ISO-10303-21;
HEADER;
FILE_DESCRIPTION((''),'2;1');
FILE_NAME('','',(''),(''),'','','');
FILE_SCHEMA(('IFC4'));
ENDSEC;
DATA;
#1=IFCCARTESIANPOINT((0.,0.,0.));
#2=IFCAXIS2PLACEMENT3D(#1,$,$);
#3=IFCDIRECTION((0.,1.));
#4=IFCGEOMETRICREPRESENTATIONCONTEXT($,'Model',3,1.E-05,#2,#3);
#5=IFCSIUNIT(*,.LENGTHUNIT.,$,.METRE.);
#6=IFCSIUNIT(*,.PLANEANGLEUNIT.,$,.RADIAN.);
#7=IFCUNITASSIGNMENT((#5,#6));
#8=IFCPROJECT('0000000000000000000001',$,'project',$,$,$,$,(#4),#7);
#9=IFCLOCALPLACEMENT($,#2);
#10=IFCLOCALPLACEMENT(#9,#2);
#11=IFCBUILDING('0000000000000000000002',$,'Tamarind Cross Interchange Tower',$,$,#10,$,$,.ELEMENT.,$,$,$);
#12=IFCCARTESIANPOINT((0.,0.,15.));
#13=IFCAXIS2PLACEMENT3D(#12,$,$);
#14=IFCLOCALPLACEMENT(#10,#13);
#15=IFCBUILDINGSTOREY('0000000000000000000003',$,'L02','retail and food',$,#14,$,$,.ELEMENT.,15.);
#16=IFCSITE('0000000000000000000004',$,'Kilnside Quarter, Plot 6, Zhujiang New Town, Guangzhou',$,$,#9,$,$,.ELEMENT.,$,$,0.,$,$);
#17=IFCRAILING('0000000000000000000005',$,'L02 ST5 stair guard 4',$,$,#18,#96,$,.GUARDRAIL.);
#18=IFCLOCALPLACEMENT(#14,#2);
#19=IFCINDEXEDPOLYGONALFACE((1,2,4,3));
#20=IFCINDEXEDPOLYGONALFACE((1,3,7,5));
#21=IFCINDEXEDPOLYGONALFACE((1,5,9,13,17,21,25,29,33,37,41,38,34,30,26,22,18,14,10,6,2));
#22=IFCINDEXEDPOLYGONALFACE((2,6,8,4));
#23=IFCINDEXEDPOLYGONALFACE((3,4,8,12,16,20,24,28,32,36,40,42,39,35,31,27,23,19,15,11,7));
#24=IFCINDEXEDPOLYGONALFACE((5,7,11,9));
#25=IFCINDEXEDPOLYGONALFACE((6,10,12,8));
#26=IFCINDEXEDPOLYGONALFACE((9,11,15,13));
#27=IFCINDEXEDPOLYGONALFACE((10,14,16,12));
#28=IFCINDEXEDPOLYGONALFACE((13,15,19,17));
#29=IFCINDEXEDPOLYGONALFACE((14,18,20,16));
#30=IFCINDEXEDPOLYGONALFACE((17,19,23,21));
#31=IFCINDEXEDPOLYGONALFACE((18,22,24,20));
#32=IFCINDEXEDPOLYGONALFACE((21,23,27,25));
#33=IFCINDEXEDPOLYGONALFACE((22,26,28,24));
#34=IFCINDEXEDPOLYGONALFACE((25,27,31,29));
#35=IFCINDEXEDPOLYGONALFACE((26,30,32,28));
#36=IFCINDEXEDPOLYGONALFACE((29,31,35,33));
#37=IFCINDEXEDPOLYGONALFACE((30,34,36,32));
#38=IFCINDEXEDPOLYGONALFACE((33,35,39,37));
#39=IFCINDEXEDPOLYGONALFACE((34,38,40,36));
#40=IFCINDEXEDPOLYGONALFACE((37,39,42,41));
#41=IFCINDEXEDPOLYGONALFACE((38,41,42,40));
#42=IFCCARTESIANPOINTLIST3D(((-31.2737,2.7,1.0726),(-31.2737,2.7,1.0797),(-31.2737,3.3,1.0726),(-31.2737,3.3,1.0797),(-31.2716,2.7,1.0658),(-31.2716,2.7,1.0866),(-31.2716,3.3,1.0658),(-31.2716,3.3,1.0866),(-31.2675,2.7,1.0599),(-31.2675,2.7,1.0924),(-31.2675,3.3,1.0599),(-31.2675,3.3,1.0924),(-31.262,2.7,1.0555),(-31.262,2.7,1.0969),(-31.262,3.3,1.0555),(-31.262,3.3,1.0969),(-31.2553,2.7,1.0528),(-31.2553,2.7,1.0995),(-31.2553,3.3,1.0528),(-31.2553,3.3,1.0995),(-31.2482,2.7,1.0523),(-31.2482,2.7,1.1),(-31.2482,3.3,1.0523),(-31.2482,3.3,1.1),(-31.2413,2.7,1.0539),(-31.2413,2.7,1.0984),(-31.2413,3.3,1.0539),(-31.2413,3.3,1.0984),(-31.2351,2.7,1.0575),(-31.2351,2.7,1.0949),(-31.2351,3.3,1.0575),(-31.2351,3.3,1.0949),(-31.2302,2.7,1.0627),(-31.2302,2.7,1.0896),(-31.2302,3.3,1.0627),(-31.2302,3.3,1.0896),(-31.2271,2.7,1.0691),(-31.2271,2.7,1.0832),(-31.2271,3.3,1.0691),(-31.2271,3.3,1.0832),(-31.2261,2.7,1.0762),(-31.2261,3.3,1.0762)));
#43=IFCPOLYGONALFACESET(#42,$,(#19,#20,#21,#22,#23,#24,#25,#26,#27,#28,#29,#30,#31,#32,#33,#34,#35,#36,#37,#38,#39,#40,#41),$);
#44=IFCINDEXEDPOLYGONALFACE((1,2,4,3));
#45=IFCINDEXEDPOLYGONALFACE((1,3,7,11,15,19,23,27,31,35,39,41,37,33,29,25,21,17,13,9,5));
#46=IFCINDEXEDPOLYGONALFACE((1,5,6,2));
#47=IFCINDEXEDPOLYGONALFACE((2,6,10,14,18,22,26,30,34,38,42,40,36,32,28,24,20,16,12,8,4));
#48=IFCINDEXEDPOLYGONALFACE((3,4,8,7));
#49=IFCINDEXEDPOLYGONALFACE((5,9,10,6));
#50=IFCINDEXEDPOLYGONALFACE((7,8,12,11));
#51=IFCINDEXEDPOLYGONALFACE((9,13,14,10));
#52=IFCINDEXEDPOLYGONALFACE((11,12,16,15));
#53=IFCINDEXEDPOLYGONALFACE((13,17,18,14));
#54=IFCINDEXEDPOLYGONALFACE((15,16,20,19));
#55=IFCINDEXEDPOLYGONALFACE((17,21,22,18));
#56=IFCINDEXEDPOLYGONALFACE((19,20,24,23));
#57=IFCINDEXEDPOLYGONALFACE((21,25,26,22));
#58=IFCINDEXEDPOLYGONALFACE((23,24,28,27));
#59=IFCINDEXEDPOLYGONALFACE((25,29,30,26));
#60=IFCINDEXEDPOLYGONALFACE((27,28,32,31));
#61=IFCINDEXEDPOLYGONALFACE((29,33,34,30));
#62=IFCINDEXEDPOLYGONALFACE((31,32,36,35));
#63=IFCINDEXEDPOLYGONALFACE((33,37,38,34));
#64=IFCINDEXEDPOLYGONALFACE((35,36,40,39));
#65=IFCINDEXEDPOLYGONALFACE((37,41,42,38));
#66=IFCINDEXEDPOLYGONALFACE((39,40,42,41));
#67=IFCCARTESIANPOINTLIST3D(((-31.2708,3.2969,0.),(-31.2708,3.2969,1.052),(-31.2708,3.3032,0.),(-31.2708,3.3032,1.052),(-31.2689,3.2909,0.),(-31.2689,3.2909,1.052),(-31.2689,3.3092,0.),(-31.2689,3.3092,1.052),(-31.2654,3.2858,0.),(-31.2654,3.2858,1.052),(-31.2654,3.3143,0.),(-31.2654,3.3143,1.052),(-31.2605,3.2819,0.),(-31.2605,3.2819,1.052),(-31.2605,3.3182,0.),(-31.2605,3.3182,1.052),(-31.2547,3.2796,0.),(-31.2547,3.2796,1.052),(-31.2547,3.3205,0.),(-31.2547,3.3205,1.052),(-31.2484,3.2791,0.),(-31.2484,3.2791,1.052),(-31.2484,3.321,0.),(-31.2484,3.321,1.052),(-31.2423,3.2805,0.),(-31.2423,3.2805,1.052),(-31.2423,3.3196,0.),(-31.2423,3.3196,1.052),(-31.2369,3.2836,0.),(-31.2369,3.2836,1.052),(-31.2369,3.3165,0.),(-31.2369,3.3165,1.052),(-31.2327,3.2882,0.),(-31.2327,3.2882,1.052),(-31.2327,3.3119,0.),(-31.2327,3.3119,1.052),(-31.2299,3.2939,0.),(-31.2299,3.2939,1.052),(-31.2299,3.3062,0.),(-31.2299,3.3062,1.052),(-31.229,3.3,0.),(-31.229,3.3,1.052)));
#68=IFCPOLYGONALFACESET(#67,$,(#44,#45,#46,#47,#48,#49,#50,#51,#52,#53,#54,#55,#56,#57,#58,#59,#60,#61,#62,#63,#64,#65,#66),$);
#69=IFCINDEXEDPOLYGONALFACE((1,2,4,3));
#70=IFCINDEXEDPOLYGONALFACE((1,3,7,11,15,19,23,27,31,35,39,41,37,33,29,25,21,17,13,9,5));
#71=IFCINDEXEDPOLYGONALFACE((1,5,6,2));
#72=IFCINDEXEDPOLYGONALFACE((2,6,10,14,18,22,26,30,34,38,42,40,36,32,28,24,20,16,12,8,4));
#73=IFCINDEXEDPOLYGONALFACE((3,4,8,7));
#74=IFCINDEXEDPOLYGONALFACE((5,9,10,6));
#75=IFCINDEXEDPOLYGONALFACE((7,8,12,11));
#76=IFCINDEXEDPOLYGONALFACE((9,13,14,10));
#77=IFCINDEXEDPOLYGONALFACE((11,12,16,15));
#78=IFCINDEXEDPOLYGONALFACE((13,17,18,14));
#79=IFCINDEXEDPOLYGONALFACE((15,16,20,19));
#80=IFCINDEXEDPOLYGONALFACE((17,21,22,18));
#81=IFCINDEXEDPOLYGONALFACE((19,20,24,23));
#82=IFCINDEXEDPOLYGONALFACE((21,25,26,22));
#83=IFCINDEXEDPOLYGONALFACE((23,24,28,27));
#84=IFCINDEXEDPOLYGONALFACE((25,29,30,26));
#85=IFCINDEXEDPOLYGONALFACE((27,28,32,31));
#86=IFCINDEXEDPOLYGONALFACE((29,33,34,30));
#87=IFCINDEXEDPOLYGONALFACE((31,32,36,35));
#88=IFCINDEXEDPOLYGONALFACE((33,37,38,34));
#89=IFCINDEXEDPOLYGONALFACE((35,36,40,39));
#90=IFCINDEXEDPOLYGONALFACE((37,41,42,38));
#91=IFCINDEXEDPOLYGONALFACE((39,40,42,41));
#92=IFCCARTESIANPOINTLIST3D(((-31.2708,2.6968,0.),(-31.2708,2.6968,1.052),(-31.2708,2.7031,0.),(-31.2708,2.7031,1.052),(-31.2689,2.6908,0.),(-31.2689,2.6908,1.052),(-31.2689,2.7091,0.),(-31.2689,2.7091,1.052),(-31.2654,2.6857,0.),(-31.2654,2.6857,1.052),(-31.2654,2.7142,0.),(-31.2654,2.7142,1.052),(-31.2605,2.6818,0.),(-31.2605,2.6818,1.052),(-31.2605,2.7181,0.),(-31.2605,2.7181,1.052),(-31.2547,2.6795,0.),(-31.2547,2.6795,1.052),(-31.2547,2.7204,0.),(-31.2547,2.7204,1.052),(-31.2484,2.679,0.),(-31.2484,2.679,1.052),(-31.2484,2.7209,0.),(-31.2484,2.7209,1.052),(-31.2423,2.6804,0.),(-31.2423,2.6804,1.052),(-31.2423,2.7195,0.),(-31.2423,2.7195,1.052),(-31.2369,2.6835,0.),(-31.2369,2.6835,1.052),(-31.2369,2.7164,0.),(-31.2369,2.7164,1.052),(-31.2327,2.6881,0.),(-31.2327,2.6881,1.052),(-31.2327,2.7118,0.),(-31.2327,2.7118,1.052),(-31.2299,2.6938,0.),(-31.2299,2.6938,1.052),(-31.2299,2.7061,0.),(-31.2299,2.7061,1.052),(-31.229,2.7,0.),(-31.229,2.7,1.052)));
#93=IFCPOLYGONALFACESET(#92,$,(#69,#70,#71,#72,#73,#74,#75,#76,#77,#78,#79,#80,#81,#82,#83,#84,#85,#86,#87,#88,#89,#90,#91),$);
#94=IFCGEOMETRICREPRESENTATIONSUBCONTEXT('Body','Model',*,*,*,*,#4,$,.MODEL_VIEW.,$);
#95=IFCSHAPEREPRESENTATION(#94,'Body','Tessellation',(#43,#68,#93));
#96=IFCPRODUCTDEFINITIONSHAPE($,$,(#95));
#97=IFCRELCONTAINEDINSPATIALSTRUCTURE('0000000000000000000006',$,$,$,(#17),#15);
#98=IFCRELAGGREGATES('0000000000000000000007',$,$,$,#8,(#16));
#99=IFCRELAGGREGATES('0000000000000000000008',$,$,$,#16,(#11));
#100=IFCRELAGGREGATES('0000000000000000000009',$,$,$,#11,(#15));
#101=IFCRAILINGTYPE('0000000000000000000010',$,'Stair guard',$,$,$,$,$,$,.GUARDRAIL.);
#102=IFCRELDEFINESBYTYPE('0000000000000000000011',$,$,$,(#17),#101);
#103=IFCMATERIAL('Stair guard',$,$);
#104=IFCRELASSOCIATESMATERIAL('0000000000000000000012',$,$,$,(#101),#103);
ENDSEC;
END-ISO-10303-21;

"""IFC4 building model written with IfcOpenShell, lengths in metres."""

from ifc_helpers import new_model, si_unit, direction, frame, origin, origin_2d, place, context, subcontext, project, spatial, circle, extrude, material, type_object, element, save


model = new_model("IFC4")

# Units and contexts
model_context = context("Model", 3, precision=1e-05, world=origin(), true_north=direction((0.0, 1.0)))
body_context = subcontext(model_context, "Body", "Model", "MODEL_VIEW")
ifc_project = project(units=[si_unit("LENGTHUNIT", "METRE"), si_unit("PLANEANGLEUNIT", "RADIAN")], contexts=[model_context])

# Site, building, storey
site_placement = place(None, origin())
site = spatial("IfcSite", under=ifc_project, at=site_placement, Name="Kilnside Quarter, Plot 6, Zhujiang New Town, Guangzhou", CompositionType="ELEMENT", RefElevation=0.0)
building_placement = place(site_placement, origin())
building = spatial("IfcBuilding", under=site, at=building_placement, Name="Tamarind Cross Interchange Tower", CompositionType="ELEMENT")
storey_placement = place(building_placement, frame((0.0, 0.0, 15.0)))
storey = spatial("IfcBuildingStorey", under=building, at=storey_placement, Name="L02", Description="retail and food", CompositionType="ELEMENT", Elevation=15.0)

# Railing
ifc_material_1 = material(Name="Stair guard")
railing_type_1 = type_object("IfcRailingType", Name="Stair guard", PredefinedType="GUARDRAIL", material=ifc_material_1)
railing_1_placement = place(storey_placement, frame((-31.25, 3.3, 0.0)))
element("IfcRailing", 1, at=railing_1_placement, inside=storey, type_object=railing_type_1, Name="L02 ST5 stair guard 4", PredefinedType="GUARDRAIL", context=body_context, shape_type="SweptSolid", body=[
    extrude(circle(Radius=0.0239, at=origin_2d()), frame((0.0, 0.0, 1.0762), z_axis=(0.0, -1.0, 0.0), x_axis=(1.0, 0.0, 0.0)), (0.0, 0.0, 1.0), 0.6001),
    extrude(circle(Radius=0.021, at=origin_2d()), origin(), (0.0, 0.0, 1.0), 1.052),
    extrude(circle(Radius=0.021, at=origin_2d()), frame((0.0, -0.6001, 0.0)), (0.0, 0.0, 1.0), 1.052),
])

save(model, "model.ifc")
